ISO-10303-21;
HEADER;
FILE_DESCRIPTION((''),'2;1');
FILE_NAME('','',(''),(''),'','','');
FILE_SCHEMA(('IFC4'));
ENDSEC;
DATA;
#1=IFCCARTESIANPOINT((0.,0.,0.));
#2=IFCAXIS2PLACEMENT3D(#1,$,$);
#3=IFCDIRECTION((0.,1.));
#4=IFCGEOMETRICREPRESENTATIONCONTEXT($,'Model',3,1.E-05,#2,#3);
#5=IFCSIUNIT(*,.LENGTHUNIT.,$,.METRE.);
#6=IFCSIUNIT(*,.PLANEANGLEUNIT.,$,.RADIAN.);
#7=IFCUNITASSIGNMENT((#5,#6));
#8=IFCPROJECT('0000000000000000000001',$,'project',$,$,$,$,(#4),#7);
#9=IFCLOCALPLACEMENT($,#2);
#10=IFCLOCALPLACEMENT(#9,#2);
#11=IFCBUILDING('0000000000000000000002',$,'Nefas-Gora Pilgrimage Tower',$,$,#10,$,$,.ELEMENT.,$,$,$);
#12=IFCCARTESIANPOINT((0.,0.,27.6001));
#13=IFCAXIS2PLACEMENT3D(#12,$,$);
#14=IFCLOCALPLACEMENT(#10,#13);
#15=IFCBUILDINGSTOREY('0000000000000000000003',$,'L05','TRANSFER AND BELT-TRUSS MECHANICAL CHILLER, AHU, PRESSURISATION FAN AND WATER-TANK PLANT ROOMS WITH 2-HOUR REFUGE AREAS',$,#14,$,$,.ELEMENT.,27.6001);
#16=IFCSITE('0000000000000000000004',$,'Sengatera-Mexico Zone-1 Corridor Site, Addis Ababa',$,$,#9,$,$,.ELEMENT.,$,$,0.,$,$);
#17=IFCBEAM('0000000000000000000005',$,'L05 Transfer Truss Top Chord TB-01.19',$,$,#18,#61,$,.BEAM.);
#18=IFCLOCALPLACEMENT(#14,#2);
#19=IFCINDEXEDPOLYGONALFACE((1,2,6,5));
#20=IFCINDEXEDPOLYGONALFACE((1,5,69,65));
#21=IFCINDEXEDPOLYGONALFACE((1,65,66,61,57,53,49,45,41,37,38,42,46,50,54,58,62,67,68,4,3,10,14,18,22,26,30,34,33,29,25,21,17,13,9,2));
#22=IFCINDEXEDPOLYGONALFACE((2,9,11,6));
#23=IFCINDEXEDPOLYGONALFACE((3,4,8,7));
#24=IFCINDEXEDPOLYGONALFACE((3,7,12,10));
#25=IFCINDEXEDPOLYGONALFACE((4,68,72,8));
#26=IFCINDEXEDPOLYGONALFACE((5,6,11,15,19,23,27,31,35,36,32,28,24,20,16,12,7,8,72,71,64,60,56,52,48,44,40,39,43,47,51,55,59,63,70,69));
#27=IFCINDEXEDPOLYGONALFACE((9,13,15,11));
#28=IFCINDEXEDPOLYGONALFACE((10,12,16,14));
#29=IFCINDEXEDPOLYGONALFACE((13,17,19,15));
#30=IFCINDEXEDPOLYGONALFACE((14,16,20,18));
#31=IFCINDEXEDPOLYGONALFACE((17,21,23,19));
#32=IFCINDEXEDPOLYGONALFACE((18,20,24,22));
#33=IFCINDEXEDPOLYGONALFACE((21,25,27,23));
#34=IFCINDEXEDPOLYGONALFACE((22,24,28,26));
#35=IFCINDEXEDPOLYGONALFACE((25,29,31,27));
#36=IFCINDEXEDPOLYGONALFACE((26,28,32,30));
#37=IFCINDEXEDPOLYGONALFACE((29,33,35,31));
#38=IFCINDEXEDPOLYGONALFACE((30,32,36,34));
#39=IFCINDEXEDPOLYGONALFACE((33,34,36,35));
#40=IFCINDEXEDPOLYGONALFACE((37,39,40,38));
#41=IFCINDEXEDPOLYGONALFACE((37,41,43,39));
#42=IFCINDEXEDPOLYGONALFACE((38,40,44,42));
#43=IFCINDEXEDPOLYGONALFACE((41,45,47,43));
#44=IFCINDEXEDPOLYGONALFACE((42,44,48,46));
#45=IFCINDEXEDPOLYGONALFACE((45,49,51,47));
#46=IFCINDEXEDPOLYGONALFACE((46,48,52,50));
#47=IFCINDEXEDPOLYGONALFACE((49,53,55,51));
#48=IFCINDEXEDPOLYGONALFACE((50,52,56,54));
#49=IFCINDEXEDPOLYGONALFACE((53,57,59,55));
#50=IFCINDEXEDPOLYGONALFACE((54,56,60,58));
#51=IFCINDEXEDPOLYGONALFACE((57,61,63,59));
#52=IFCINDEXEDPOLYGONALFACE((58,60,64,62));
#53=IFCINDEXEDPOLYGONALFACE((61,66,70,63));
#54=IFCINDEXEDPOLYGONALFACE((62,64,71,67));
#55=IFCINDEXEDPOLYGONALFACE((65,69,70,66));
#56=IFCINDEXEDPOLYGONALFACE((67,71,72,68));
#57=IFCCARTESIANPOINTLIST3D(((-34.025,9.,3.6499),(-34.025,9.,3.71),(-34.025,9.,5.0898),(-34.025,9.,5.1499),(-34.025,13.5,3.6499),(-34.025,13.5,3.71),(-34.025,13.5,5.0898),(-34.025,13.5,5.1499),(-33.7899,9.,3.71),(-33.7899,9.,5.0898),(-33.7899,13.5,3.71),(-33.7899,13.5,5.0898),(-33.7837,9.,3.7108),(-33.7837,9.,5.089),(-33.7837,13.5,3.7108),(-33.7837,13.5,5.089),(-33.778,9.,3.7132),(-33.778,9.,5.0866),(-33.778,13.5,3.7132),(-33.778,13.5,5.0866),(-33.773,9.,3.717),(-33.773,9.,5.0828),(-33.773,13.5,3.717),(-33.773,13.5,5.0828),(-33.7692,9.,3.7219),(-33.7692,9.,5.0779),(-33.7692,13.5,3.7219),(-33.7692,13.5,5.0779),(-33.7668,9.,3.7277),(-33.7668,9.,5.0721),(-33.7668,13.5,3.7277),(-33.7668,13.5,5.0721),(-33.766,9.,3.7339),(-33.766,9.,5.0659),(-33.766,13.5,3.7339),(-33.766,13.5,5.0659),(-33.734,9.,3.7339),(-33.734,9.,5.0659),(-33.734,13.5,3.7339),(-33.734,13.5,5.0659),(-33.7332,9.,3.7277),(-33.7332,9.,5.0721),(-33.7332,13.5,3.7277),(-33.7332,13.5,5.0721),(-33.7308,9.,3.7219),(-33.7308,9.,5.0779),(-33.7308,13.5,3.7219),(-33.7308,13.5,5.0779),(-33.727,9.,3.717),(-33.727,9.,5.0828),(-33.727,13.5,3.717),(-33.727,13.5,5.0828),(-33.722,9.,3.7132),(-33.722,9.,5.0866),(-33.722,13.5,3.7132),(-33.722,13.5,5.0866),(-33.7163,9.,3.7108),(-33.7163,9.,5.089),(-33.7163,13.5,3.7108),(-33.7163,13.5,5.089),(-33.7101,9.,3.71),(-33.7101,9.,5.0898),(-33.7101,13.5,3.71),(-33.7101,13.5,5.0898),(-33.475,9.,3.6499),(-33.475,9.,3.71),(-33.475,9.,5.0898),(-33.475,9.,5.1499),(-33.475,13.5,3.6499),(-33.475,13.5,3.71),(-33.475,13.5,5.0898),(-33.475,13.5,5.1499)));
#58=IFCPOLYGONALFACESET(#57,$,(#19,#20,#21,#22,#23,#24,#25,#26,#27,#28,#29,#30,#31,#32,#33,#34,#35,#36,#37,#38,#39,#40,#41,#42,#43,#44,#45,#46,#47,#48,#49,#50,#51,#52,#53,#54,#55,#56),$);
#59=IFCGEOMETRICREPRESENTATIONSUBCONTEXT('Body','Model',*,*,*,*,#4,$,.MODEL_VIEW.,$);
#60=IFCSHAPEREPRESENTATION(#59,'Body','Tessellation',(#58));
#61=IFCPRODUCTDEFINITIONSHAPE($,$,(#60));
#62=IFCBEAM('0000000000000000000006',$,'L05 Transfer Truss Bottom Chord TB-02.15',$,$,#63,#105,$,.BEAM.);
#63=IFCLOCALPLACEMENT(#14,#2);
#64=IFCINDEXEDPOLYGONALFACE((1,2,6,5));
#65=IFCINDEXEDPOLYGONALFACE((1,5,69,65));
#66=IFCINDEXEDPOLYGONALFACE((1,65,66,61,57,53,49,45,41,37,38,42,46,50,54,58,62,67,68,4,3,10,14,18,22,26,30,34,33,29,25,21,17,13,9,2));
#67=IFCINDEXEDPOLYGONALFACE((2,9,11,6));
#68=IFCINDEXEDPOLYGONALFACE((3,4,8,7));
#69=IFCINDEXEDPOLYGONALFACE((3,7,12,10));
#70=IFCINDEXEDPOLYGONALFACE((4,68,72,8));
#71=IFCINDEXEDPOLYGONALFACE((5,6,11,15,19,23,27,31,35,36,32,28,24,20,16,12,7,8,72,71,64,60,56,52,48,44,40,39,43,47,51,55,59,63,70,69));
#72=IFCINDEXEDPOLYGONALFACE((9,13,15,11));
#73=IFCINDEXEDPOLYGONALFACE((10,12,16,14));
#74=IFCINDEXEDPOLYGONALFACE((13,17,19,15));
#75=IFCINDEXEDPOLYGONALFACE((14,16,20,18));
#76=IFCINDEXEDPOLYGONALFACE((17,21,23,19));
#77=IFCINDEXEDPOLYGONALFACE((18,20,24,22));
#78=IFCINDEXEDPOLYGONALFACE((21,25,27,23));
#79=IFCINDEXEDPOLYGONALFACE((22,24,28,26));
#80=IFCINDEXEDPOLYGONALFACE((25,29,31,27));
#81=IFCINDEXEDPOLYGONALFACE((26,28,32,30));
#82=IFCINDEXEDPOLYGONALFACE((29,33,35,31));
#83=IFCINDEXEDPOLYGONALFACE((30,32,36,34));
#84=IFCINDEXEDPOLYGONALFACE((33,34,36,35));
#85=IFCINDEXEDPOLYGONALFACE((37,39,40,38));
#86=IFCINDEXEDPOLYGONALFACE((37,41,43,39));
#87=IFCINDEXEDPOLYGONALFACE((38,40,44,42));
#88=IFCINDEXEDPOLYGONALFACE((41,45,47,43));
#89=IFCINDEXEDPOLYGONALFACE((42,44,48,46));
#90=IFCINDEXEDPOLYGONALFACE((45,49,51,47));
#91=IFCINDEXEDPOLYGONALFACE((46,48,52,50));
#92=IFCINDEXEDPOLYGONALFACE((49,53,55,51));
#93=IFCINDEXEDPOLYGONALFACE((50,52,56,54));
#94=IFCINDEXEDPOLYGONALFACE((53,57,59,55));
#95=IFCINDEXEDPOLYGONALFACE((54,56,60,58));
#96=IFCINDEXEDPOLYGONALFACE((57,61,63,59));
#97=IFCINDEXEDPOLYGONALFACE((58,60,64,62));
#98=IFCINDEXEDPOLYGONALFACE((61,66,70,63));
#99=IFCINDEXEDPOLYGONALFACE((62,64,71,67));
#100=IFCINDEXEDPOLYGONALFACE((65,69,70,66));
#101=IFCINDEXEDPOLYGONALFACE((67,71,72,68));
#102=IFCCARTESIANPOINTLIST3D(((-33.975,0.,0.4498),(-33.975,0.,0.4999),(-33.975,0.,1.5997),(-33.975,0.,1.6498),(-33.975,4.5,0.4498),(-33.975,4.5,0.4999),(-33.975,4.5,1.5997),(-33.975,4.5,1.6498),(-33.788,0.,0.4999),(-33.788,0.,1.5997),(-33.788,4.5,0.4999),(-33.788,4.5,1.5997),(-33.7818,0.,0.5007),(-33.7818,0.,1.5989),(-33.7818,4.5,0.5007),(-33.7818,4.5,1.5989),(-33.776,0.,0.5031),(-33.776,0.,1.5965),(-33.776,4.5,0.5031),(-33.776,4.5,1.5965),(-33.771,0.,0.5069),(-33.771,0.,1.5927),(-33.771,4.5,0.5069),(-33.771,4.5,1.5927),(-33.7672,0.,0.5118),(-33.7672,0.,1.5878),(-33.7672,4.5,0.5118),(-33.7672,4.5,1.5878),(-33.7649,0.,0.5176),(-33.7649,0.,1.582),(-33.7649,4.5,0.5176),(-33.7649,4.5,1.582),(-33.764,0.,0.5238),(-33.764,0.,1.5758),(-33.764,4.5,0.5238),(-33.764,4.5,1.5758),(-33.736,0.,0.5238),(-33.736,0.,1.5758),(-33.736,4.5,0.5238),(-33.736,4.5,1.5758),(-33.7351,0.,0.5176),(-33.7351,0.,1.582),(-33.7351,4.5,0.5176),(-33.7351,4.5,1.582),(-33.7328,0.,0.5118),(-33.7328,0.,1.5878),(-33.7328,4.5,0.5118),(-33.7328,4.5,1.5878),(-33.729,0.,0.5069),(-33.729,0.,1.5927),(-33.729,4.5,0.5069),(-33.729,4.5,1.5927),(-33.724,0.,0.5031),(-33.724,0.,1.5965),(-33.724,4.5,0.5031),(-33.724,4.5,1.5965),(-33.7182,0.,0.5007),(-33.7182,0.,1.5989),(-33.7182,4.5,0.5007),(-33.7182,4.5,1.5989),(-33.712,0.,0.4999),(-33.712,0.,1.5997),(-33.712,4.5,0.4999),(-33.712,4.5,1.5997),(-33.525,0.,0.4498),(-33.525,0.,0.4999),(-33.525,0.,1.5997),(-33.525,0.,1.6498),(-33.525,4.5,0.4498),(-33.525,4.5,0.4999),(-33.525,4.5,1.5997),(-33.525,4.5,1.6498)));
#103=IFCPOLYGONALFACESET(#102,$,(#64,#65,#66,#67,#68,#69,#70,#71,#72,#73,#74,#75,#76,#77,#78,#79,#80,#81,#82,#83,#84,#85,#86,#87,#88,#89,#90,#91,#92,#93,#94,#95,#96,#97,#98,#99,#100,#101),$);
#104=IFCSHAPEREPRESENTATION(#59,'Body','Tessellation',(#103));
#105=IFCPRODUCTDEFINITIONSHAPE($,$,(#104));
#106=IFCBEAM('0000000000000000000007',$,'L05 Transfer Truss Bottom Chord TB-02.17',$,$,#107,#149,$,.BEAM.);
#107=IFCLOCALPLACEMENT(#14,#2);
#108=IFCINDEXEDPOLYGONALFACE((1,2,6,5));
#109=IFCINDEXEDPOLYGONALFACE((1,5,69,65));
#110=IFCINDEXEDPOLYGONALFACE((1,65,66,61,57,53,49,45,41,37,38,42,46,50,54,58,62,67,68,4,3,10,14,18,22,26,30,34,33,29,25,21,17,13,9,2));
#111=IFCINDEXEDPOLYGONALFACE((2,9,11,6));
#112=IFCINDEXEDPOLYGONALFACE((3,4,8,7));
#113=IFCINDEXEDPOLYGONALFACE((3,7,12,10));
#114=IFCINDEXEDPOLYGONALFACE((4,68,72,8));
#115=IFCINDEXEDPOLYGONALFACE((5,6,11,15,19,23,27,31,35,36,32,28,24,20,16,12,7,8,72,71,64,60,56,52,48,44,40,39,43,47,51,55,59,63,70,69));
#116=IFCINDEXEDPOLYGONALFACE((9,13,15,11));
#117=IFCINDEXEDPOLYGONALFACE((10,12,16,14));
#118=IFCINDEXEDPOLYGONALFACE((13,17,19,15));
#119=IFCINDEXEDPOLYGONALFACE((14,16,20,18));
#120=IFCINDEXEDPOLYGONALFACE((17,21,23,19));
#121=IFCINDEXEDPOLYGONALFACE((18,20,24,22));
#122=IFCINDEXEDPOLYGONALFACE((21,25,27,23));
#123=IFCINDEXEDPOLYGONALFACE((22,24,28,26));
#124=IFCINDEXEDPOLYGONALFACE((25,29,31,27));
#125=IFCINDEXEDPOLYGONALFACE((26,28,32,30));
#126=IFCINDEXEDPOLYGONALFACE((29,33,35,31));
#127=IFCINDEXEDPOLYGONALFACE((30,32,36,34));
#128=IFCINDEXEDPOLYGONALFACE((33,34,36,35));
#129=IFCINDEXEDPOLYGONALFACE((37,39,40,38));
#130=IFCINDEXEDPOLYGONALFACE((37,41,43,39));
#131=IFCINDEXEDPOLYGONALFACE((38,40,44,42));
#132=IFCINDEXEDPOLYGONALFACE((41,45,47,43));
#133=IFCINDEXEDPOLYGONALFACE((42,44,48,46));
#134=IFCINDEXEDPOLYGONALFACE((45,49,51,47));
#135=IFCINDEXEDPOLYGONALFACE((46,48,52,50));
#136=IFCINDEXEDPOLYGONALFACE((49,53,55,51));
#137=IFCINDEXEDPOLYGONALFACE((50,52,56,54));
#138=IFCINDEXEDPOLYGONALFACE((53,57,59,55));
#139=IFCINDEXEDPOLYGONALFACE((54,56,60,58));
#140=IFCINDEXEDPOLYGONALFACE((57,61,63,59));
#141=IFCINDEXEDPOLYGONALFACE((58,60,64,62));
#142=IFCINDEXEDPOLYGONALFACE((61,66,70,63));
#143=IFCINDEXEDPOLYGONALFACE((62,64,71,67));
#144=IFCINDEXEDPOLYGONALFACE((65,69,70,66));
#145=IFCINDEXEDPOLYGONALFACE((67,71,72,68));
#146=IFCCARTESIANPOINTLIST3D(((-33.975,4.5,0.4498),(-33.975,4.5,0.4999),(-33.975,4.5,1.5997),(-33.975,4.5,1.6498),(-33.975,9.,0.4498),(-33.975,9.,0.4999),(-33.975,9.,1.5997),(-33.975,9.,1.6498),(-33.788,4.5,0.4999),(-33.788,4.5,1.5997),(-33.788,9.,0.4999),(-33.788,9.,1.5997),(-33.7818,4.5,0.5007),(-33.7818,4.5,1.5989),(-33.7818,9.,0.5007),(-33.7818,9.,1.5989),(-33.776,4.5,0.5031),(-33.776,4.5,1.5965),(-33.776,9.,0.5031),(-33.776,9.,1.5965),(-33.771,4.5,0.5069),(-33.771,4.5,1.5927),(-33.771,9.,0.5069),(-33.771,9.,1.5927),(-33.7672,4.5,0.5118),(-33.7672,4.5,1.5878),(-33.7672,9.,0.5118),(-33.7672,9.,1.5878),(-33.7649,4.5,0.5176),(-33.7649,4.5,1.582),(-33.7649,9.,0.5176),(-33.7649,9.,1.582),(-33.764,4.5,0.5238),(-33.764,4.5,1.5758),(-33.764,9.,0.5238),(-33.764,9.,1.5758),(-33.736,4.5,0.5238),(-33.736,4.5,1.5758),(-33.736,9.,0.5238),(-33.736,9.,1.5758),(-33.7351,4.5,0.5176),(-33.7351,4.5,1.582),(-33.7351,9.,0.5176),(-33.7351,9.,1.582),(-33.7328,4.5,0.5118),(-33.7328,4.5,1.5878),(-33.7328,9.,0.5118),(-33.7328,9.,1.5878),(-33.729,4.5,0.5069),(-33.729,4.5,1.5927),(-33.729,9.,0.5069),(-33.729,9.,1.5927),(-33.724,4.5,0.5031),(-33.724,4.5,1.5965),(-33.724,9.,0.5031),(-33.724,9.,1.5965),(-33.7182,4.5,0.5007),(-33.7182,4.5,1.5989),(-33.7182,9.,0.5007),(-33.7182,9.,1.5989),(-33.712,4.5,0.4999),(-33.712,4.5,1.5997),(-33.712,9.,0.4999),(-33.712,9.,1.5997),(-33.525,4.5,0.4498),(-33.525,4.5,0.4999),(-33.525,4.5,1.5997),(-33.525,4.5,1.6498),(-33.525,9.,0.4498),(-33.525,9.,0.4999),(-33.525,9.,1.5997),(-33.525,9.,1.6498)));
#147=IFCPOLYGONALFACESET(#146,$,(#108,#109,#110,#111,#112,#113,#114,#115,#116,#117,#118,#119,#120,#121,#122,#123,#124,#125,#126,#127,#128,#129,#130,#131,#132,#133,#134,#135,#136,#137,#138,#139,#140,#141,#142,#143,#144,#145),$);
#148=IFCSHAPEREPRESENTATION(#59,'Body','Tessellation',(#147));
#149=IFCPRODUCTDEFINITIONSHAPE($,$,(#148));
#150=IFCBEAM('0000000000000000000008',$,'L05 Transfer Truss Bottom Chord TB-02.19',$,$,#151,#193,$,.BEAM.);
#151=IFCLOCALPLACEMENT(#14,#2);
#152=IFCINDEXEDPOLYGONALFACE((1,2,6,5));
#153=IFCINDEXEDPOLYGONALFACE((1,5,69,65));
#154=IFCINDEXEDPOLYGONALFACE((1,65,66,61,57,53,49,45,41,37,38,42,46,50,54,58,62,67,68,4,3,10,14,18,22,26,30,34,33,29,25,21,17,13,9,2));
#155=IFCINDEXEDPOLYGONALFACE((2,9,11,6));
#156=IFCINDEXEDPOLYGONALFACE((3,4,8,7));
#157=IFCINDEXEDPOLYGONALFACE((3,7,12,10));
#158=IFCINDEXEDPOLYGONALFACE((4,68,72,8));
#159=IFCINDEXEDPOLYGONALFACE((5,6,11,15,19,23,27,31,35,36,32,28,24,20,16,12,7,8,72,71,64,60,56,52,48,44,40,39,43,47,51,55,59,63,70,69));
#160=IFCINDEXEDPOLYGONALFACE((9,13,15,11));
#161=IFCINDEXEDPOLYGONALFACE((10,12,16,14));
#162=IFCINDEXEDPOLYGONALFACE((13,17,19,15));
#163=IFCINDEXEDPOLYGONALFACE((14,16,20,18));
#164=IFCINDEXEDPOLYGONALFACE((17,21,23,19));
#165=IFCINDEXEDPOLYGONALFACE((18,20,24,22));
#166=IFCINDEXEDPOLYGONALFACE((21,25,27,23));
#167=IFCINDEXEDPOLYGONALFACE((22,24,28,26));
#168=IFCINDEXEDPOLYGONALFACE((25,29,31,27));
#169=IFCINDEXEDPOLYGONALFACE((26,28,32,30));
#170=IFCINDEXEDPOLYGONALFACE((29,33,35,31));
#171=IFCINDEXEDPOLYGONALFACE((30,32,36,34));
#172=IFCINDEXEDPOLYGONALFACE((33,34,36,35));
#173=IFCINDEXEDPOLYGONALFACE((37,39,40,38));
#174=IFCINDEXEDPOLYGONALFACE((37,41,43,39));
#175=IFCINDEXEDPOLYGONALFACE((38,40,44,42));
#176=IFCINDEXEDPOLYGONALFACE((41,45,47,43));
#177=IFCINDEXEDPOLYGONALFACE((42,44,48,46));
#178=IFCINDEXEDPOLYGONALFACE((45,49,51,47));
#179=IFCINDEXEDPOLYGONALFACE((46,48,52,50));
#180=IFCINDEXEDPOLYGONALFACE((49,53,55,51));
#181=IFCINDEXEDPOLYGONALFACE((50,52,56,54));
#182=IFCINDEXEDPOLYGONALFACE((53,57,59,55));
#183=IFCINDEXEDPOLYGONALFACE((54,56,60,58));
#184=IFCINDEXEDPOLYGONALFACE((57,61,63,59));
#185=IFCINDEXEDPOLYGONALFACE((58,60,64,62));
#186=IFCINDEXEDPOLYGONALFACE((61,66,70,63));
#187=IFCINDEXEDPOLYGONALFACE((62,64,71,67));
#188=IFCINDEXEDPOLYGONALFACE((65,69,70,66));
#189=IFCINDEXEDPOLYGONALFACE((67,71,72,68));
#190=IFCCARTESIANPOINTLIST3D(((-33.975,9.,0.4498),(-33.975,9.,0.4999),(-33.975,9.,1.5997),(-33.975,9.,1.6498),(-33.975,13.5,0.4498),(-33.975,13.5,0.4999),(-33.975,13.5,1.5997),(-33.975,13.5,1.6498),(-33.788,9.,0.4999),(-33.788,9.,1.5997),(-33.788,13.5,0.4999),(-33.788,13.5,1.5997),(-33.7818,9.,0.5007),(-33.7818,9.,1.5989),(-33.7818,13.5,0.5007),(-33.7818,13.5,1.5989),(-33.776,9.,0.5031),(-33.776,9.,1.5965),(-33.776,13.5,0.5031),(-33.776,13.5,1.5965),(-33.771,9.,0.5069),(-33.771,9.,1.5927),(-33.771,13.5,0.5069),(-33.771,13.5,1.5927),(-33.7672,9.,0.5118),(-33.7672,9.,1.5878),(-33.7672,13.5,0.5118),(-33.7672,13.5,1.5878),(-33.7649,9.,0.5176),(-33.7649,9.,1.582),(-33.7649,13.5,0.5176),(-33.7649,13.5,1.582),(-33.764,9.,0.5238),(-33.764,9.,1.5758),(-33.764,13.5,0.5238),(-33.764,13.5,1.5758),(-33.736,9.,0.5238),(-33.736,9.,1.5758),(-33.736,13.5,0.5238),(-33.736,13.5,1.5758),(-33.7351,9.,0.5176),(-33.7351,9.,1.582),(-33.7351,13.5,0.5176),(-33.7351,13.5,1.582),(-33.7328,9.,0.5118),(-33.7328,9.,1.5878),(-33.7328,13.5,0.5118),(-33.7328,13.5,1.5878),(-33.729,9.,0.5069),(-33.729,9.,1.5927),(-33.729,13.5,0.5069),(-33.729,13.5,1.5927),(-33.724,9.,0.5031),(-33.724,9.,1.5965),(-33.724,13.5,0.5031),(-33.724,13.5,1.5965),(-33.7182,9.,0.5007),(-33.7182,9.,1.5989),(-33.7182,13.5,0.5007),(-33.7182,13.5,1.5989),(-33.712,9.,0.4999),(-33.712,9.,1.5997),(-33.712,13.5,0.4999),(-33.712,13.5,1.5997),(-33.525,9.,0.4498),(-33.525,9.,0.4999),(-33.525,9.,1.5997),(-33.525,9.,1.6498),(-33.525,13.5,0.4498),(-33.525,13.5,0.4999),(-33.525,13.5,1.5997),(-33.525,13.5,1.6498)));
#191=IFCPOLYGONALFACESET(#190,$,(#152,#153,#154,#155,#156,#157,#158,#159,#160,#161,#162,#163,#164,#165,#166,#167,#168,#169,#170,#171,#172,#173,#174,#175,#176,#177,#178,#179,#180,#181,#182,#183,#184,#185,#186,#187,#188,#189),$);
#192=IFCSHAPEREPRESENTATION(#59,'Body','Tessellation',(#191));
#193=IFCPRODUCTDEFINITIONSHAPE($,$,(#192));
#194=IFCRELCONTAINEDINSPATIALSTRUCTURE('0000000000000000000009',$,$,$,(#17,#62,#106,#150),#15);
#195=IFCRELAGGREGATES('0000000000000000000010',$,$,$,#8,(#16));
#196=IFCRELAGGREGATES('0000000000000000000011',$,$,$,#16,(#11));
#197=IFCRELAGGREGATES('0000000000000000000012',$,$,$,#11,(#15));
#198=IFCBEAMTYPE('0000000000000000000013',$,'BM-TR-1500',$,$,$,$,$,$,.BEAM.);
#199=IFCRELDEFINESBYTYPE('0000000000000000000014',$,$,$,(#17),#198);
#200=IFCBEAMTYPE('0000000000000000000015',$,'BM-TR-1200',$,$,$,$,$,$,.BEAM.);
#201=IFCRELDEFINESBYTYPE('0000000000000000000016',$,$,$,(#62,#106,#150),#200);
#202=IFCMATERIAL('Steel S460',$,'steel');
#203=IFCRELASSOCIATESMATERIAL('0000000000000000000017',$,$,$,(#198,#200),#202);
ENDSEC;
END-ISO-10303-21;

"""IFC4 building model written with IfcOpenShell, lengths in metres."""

from ifc_helpers import new_model, si_unit, direction, frame, origin, origin_2d, place, context, subcontext, project, spatial, i_section, extrude, source, transform, mapped, material, material_profile, profile_set, type_object, element, save


model = new_model("IFC4")

# Units and contexts
model_context = context("Model", 3, precision=1e-05, world=origin(), true_north=direction((0.0, 1.0)))
body_context = subcontext(model_context, "Body", "Model", "MODEL_VIEW")
ifc_project = project(units=[si_unit("LENGTHUNIT", "METRE"), si_unit("PLANEANGLEUNIT", "RADIAN")], contexts=[model_context])

# Site, building, storey
site_placement = place(None, origin())
site = spatial("IfcSite", under=ifc_project, at=site_placement, Name="Sengatera-Mexico Zone-1 Corridor Site, Addis Ababa", CompositionType="ELEMENT", RefElevation=0.0)
building_placement = place(site_placement, origin())
building = spatial("IfcBuilding", under=site, at=building_placement, Name="Nefas-Gora Pilgrimage Tower", CompositionType="ELEMENT")
storey_placement = place(building_placement, frame((0.0, 0.0, 27.6001)))
storey = spatial("IfcBuildingStorey", under=building, at=storey_placement, Name="L05", Description="TRANSFER AND BELT-TRUSS MECHANICAL CHILLER, AHU, PRESSURISATION FAN AND WATER-TANK PLANT ROOMS WITH 2-HOUR REFUGE AREAS", CompositionType="ELEMENT", Elevation=27.6001)

# Shared definitions
ifc_material_1 = material(Name="Steel S460", Category="steel")

# Beams
ifc_material_profile_1 = material_profile(ifc_material_1, i_section(OverallWidth=0.55, OverallDepth=1.5, WebThickness=0.032, FlangeThickness=0.0601, FilletRadius=0.0239, at=origin_2d()), Name="WPG 1500x550x32x60")
ifc_profile_set_1 = profile_set([ifc_material_profile_1], Name="Steel S460")
beam_type_1 = type_object("IfcBeamType", Name="BM-TR-1500", PredefinedType="BEAM", material=ifc_profile_set_1)
shared_shape_1 = source(origin(), body_context, "Body", "SweptSolid", [
    extrude(i_section(OverallWidth=0.55, OverallDepth=1.5, WebThickness=0.032, FlangeThickness=0.0601, FilletRadius=0.0239, at=origin_2d()), origin(), (0.0, 0.0, 1.0), 4.5),
])
for number, where, z_axis, x_axis, name in (
    (1, (-33.75, 9.0, 4.3999), (0.0, 1.0, 0.0), (-1.0, 0.0, 0.0), "L05 Transfer Truss Top Chord TB-01.19"),
):
    element("IfcBeam", number, at=place(storey_placement, frame(where, z_axis=z_axis, x_axis=x_axis)), inside=storey, type_object=beam_type_1, Name=name, PredefinedType="BEAM", context=body_context, shape_type="MappedRepresentation", body=[
        mapped(shared_shape_1, transform((0.0, 0.0, 0.0), x_axis=(1.0, 0.0, 0.0), y_axis=(0.0, 1.0, 0.0), z_axis=(0.0, 0.0, 1.0), scale=1.0)),
    ])
ifc_material_profile_2 = material_profile(ifc_material_1, i_section(OverallWidth=0.45, OverallDepth=1.2, WebThickness=0.0281, FlangeThickness=0.05, FilletRadius=0.0239, at=origin_2d()), Name="WPG 1200x450x28x50")
ifc_profile_set_2 = profile_set([ifc_material_profile_2], Name="Steel S460")
beam_type_2 = type_object("IfcBeamType", Name="BM-TR-1200", PredefinedType="BEAM", material=ifc_profile_set_2)
shared_shape_2 = source(origin(), body_context, "Body", "SweptSolid", [
    extrude(i_section(OverallWidth=0.45, OverallDepth=1.2, WebThickness=0.0281, FlangeThickness=0.05, FilletRadius=0.0239, at=origin_2d()), origin(), (0.0, 0.0, 1.0), 4.5),
])
for number, where, z_axis, x_axis, name in (
    (2, (-33.75, 0.0, 1.0498), (0.0, 1.0, 0.0), (-1.0, 0.0, 0.0), "L05 Transfer Truss Bottom Chord TB-02.15"),
    (3, (-33.75, 4.5, 1.0498), (0.0, 1.0, 0.0), (-1.0, 0.0, 0.0), "L05 Transfer Truss Bottom Chord TB-02.17"),
    (4, (-33.75, 9.0, 1.0498), (0.0, 1.0, 0.0), (-1.0, 0.0, 0.0), "L05 Transfer Truss Bottom Chord TB-02.19"),
):
    element("IfcBeam", number, at=place(storey_placement, frame(where, z_axis=z_axis, x_axis=x_axis)), inside=storey, type_object=beam_type_2, Name=name, PredefinedType="BEAM", context=body_context, shape_type="MappedRepresentation", body=[
        mapped(shared_shape_2, transform((0.0, 0.0, 0.0), x_axis=(1.0, 0.0, 0.0), y_axis=(0.0, 1.0, 0.0), z_axis=(0.0, 0.0, 1.0), scale=1.0)),
    ])

save(model, "model.ifc")
